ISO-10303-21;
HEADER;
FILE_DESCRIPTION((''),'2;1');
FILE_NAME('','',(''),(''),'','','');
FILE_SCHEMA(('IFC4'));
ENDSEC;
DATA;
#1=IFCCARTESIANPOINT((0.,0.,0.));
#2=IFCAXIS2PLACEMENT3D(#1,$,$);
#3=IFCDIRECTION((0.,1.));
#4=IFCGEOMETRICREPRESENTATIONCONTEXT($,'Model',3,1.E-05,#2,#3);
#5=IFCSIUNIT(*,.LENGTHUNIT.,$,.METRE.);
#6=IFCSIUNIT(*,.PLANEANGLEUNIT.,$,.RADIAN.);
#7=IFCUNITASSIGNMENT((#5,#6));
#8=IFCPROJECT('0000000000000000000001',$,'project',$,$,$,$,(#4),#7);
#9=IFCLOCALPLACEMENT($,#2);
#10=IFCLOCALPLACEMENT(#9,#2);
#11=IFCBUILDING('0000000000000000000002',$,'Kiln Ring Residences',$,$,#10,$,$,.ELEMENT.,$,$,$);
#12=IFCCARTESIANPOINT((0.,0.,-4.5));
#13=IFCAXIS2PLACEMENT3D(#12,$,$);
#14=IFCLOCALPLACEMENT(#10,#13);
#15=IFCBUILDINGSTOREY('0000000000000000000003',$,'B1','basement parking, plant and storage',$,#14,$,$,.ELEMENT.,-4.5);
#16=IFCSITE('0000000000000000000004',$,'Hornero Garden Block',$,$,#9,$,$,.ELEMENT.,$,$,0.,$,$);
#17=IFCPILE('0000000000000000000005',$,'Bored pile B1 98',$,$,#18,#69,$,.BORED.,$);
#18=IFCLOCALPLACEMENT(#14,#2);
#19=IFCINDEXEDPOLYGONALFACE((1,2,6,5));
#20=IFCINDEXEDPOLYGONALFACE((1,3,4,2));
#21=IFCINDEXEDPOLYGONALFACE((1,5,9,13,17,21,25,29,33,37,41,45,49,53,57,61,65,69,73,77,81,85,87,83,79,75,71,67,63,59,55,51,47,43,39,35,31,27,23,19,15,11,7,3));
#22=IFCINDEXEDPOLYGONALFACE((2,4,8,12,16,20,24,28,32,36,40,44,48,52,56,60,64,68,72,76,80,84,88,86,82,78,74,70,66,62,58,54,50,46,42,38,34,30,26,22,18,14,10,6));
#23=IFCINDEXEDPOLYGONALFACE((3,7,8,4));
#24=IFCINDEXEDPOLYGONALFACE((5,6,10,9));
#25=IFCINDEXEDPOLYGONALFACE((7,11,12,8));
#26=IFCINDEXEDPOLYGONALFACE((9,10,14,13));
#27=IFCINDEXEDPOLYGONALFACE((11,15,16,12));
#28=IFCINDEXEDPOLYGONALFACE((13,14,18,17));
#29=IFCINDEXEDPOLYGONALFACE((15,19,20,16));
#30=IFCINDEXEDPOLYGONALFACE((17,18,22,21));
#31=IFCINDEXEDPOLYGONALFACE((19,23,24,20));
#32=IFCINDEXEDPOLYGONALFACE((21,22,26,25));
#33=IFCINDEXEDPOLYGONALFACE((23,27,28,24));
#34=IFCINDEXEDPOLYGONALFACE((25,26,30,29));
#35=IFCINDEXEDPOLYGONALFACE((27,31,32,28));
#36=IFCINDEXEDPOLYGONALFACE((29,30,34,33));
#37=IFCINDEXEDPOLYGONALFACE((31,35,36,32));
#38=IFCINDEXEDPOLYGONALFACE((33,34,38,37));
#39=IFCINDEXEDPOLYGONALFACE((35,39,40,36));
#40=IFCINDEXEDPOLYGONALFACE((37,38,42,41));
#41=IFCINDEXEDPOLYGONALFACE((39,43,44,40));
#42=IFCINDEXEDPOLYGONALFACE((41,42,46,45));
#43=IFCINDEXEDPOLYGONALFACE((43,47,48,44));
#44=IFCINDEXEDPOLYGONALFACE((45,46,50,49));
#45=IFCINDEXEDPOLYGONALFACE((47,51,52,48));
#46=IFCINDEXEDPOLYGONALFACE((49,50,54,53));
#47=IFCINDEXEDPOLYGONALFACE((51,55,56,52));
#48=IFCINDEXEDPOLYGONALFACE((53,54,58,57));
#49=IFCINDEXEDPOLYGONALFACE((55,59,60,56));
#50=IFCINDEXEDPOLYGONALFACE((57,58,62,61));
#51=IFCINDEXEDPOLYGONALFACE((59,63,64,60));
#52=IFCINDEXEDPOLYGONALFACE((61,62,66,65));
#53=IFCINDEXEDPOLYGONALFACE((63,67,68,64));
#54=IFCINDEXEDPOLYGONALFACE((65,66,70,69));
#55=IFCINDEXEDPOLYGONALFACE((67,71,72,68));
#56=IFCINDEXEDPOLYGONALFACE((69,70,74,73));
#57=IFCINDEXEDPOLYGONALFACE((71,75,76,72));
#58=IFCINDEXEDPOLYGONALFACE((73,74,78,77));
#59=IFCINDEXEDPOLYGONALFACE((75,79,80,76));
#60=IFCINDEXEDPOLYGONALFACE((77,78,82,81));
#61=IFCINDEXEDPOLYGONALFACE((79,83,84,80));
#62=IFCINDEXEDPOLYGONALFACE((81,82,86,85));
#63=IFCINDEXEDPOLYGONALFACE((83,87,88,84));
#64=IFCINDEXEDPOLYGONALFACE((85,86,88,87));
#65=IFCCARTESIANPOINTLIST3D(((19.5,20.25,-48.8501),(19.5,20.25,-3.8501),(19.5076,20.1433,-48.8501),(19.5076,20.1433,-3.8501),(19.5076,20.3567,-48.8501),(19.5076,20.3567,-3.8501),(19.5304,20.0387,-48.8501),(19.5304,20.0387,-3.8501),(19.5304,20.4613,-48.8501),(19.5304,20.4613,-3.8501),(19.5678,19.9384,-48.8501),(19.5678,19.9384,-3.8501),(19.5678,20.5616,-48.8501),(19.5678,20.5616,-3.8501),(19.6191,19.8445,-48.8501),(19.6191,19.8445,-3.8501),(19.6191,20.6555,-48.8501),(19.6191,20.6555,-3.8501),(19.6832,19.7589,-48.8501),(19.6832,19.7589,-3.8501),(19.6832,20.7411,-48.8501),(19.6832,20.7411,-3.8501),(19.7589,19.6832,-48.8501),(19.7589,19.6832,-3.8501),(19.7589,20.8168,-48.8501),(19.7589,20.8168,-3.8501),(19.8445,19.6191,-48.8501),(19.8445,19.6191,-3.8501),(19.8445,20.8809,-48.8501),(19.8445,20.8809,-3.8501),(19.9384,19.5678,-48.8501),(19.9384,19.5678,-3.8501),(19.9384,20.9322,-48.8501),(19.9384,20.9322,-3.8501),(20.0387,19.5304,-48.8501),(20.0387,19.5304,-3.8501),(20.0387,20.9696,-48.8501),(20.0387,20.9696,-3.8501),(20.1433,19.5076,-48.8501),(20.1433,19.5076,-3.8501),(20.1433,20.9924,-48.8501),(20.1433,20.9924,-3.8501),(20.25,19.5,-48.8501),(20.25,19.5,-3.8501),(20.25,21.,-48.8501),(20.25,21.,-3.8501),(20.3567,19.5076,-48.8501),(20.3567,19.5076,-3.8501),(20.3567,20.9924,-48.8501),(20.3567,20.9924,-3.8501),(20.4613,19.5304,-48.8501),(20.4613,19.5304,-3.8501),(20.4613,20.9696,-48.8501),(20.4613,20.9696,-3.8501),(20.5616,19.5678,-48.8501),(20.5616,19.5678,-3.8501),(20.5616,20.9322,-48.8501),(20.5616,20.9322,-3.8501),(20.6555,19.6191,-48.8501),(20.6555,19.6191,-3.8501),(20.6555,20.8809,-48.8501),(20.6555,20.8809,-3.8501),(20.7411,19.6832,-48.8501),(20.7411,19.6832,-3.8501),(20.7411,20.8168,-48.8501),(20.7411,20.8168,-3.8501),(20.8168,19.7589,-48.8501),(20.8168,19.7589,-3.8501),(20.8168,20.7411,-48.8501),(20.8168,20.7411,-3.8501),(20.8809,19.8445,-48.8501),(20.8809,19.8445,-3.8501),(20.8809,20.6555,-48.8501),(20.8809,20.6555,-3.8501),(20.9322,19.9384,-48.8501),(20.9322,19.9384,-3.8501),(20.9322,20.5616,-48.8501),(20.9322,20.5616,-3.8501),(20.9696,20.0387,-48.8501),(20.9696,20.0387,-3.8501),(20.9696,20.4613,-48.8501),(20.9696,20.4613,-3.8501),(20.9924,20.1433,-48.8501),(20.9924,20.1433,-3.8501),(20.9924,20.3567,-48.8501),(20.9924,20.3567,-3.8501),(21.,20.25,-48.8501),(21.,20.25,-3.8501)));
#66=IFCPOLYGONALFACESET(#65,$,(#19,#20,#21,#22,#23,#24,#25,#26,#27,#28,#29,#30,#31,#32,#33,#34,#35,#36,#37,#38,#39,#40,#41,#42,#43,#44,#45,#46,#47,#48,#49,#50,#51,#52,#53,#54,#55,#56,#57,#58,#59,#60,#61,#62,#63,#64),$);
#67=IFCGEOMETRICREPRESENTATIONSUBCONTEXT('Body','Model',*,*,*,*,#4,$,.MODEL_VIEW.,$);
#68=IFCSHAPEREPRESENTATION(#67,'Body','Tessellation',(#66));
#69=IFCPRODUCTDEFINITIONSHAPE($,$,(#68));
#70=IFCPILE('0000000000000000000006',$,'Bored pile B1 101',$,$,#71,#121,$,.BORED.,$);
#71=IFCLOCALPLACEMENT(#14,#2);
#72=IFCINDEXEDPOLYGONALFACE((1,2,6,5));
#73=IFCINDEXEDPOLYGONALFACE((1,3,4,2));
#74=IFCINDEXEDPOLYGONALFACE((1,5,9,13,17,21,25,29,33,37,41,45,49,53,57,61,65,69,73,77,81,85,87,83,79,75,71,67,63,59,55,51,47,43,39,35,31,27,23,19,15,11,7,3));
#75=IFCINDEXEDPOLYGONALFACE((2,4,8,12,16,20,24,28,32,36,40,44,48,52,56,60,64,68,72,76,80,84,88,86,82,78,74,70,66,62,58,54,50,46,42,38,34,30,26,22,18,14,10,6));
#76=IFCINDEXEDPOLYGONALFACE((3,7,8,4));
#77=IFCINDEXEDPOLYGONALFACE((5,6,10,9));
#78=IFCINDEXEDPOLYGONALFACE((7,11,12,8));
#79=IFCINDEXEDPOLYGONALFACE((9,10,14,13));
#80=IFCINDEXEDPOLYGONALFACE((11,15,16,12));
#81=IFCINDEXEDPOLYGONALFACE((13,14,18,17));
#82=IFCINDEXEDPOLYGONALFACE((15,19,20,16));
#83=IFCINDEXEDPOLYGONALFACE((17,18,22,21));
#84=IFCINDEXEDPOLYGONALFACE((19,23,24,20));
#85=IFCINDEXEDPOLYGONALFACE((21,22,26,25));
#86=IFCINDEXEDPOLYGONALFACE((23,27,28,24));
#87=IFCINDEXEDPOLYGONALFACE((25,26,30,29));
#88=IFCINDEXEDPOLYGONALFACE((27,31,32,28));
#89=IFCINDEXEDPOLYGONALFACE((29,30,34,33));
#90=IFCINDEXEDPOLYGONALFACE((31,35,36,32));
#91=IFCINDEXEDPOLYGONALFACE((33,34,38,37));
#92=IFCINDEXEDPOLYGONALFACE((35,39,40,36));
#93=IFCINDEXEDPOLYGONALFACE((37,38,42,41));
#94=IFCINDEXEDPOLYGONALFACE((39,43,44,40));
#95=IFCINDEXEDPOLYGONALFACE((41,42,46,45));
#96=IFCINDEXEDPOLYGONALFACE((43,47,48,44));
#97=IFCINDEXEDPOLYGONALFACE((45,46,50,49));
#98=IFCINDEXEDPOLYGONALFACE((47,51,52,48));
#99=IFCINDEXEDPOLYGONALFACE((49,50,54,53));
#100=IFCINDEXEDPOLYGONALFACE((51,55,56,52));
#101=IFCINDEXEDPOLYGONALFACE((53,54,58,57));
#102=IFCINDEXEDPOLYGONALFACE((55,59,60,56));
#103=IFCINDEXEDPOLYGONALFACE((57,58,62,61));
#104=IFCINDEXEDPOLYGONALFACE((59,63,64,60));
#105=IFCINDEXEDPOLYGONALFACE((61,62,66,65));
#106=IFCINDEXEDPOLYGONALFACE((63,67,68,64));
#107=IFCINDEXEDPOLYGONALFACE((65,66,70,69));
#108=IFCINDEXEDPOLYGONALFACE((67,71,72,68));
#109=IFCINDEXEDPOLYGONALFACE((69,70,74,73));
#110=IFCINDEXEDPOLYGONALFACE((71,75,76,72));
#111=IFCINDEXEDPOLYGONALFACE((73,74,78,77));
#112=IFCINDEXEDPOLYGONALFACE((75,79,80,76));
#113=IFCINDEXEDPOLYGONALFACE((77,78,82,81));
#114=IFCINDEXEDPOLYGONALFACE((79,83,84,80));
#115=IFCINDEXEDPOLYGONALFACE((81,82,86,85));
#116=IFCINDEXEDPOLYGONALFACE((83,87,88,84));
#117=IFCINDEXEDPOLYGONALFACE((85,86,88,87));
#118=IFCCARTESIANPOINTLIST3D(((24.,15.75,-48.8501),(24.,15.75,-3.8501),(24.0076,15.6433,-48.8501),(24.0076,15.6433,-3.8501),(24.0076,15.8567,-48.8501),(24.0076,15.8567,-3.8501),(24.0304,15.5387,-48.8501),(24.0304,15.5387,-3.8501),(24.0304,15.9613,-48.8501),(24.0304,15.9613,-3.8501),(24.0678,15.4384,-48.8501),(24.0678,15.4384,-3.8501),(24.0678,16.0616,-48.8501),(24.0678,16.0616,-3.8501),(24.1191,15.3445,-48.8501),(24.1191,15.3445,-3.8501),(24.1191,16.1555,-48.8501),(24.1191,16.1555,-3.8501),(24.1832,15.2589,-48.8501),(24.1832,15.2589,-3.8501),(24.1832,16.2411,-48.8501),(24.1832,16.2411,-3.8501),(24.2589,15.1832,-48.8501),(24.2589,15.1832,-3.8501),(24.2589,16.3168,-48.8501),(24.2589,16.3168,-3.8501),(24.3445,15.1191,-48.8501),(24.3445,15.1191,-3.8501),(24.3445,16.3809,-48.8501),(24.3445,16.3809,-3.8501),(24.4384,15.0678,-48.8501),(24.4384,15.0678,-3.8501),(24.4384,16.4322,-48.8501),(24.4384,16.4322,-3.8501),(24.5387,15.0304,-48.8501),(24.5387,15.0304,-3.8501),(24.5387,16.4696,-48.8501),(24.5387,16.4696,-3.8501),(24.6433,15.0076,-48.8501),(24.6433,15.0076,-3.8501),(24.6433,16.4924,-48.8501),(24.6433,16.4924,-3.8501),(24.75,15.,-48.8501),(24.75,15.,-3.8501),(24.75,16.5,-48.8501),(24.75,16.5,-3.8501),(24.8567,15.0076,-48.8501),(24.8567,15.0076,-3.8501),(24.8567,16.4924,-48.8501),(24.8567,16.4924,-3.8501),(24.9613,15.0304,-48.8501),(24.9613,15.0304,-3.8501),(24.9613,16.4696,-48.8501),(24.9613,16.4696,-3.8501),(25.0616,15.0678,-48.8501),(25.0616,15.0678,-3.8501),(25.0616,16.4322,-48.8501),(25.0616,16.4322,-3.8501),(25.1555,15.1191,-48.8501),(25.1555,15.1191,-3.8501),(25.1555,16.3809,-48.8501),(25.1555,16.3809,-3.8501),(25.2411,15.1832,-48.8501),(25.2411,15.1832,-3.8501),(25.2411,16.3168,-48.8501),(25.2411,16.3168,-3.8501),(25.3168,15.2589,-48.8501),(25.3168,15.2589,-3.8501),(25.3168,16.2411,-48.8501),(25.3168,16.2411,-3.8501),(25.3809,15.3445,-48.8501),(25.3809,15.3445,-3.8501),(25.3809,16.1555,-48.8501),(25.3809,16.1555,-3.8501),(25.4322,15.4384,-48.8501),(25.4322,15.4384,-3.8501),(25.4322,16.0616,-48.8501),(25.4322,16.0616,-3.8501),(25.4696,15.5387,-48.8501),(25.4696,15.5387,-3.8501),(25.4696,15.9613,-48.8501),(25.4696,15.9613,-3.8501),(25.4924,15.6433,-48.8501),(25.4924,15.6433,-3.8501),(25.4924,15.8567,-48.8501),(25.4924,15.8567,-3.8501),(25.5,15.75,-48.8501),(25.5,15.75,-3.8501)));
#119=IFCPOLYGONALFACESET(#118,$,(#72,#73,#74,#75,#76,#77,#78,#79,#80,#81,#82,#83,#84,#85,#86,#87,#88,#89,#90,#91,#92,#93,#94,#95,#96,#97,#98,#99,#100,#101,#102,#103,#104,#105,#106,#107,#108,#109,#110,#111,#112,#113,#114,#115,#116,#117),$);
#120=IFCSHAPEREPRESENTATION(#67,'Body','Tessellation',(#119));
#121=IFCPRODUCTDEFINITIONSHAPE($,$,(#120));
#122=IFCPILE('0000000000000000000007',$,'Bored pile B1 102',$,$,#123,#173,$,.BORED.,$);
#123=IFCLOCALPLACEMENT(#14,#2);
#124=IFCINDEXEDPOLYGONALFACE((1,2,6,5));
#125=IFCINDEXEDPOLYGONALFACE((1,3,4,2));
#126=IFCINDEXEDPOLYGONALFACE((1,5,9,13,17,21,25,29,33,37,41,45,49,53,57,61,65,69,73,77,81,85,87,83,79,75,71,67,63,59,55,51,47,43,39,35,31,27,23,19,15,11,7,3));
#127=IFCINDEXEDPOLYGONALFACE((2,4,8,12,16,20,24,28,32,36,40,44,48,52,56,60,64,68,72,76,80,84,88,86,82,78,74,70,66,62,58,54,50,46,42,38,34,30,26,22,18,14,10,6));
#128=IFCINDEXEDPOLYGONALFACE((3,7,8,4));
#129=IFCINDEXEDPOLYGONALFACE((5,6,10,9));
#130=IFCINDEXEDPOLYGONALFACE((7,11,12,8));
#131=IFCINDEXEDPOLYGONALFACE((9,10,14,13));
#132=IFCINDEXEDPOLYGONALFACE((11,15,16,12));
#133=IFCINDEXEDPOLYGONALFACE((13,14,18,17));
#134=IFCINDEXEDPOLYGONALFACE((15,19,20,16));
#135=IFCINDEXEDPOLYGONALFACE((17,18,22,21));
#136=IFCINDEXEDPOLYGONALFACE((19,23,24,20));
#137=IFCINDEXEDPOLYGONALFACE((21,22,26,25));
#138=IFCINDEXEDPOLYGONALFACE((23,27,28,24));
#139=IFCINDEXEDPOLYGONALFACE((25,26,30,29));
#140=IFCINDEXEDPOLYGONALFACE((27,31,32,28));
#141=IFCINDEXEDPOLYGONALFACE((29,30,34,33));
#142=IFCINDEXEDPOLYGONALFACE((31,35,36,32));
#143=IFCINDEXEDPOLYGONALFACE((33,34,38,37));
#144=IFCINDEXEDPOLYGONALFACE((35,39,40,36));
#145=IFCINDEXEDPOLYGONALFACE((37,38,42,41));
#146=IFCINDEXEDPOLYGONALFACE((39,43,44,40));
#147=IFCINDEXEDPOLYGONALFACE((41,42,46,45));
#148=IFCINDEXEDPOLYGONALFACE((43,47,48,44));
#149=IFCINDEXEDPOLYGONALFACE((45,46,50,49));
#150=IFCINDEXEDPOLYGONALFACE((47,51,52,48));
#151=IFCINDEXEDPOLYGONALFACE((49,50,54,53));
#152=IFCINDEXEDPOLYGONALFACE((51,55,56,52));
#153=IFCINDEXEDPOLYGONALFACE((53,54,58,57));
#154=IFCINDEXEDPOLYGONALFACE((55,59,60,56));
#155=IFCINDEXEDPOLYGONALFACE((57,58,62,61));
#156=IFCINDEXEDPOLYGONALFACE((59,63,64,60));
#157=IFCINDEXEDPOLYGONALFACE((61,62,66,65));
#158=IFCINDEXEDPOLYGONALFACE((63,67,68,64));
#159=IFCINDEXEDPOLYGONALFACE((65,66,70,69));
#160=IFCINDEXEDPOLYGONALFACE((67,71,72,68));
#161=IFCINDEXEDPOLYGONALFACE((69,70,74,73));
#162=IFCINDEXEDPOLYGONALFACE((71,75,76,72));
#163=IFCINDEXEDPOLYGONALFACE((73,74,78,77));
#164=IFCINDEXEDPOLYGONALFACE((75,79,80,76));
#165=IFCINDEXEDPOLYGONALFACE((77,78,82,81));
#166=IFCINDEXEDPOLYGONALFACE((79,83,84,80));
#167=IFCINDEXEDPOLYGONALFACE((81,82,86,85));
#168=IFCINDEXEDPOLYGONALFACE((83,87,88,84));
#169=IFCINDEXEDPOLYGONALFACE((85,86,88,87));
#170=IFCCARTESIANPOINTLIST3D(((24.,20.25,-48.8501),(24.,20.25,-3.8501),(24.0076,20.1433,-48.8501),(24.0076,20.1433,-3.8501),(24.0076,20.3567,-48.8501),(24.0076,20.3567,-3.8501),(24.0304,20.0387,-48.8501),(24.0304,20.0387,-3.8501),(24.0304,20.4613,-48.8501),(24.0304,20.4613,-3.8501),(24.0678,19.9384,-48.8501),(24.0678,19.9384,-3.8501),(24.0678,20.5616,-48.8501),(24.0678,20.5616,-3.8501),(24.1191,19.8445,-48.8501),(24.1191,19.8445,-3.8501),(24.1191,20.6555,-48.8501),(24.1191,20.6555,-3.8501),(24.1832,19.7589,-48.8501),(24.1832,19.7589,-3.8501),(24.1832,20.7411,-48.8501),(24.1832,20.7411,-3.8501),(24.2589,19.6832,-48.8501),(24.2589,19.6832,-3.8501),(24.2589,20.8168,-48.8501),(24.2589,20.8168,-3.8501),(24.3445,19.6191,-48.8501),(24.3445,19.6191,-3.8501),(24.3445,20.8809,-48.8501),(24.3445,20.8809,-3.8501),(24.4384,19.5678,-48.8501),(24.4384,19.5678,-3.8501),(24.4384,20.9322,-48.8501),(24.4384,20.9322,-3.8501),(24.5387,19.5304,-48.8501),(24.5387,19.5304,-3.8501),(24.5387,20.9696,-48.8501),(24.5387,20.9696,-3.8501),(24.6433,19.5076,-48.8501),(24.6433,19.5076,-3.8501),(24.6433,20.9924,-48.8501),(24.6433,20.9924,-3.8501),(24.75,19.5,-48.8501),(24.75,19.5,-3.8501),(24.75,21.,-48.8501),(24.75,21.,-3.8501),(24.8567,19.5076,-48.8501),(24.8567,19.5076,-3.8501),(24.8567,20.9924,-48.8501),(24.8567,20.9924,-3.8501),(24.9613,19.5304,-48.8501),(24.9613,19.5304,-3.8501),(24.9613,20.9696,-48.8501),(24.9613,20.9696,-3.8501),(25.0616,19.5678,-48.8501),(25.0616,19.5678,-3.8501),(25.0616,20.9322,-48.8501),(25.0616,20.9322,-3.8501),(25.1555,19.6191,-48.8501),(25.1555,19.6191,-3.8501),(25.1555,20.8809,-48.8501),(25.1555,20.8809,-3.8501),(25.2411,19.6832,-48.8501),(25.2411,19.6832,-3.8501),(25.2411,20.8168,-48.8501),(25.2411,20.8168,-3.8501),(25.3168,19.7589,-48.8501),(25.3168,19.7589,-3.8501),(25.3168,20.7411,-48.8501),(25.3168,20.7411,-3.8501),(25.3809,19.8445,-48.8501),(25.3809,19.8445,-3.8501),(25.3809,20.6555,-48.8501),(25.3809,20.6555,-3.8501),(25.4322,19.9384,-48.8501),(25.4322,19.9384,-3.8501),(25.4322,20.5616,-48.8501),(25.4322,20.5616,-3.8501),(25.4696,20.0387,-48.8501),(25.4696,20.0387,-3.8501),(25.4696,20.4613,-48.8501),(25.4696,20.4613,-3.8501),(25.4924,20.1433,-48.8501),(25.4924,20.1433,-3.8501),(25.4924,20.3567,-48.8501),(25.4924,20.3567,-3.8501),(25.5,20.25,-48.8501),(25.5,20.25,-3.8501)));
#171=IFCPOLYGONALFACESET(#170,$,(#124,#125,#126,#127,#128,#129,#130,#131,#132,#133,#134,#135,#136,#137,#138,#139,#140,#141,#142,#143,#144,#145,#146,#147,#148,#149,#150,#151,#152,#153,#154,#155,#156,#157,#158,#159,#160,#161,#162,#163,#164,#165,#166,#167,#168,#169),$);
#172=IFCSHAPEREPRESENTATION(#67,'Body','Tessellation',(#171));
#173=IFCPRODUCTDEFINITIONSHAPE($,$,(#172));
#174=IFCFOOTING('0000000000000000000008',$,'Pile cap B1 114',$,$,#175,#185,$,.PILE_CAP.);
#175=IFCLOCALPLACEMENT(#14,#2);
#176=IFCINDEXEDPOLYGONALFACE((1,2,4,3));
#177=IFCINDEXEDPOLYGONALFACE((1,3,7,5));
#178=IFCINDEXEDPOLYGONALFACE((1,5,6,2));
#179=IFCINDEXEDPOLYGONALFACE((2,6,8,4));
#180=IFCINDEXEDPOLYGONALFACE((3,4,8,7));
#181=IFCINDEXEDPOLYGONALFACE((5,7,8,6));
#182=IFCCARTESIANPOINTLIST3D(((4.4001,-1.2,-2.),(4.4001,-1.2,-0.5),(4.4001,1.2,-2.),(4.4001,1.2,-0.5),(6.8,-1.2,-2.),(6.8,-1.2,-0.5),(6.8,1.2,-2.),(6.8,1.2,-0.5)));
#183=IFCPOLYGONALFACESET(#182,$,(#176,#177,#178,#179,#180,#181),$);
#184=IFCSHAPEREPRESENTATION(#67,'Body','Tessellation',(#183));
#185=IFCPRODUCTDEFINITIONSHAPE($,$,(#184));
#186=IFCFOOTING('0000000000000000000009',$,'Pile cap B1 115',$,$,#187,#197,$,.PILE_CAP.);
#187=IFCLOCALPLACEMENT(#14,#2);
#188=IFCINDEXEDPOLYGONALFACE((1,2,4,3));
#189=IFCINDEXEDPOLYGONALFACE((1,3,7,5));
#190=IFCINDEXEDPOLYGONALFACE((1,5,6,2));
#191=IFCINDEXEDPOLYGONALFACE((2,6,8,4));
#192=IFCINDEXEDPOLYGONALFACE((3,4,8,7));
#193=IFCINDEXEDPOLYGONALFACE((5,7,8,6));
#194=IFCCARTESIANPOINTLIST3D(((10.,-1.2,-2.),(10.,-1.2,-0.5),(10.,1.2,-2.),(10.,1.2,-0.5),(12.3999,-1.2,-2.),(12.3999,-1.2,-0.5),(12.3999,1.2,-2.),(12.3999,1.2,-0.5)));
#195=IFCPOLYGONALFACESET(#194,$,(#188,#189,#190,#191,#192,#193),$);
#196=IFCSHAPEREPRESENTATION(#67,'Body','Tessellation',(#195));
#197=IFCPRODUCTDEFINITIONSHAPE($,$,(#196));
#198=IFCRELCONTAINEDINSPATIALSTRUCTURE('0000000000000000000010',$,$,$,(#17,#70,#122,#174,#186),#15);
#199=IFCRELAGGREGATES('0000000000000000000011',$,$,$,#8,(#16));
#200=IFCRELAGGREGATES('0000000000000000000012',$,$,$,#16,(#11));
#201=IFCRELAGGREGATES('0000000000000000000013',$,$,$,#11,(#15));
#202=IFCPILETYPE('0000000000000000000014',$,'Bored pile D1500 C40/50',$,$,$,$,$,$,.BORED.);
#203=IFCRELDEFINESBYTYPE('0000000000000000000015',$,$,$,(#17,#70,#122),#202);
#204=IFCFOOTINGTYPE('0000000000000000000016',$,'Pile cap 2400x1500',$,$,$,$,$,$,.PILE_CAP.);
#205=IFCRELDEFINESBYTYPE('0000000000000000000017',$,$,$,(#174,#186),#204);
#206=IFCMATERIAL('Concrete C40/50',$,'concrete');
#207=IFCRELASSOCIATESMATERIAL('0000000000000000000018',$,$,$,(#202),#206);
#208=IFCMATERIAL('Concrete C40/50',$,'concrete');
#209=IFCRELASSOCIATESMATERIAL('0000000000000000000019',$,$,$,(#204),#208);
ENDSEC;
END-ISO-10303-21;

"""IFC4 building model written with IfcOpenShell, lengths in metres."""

from ifc_helpers import new_model, si_unit, direction, frame, origin, origin_2d, place, context, subcontext, project, spatial, rectangle, circle, extrude, material, material_profile, profile_set, type_object, element, save


model = new_model("IFC4")

# Units and contexts
model_context = context("Model", 3, precision=1e-05, world=origin(), true_north=direction((0.0, 1.0)))
body_context = subcontext(model_context, "Body", "Model", "MODEL_VIEW")
ifc_project = project(units=[si_unit("LENGTHUNIT", "METRE"), si_unit("PLANEANGLEUNIT", "RADIAN")], contexts=[model_context])

# Site, building, storey
site_placement = place(None, origin())
site = spatial("IfcSite", under=ifc_project, at=site_placement, Name="Hornero Garden Block", CompositionType="ELEMENT", RefElevation=0.0)
building_placement = place(site_placement, origin())
building = spatial("IfcBuilding", under=site, at=building_placement, Name="Kiln Ring Residences", CompositionType="ELEMENT")
storey_placement = place(building_placement, frame((0.0, 0.0, -4.5)))
storey = spatial("IfcBuildingStorey", under=building, at=storey_placement, Name="B1", Description="basement parking, plant and storage", CompositionType="ELEMENT", Elevation=-4.5)

# Piles
ifc_material_1 = material(Name="Concrete C40/50", Category="concrete")
ifc_material_profile = material_profile(ifc_material_1, circle(Radius=0.75, at=origin_2d()), Name="BORED1500")
ifc_profile_set = profile_set([ifc_material_profile], Name="Concrete C40/50")
pile_type = type_object("IfcPileType", Name="Bored pile D1500 C40/50", PredefinedType="BORED", material=ifc_profile_set)
for number, where, z_axis, x_axis, name in (
    (1, (20.25, 20.25, -3.8501), (0.0, 0.0, -1.0), (1.0, 0.0, 0.0), "Bored pile B1 98"),
    (2, (24.75, 15.75, -3.8501), (0.0, 0.0, -1.0), (1.0, 0.0, 0.0), "Bored pile B1 101"),
    (3, (24.75, 20.25, -3.8501), (0.0, 0.0, -1.0), (1.0, 0.0, 0.0), "Bored pile B1 102"),
):
    element("IfcPile", number, at=place(storey_placement, frame(where, z_axis=z_axis, x_axis=x_axis)), inside=storey, type_object=pile_type, Name=name, PredefinedType="BORED", context=body_context, shape_type="SweptSolid", body=[
        extrude(circle(Radius=0.75, at=origin_2d()), origin(), (0.0, 0.0, 1.0), 45.0),
    ])

# Footings
ifc_material_2 = material(Name="Concrete C40/50", Category="concrete")
footing_type = type_object("IfcFootingType", Name="Pile cap 2400x1500", PredefinedType="PILE_CAP", material=ifc_material_2)
for number, where, z_axis, x_axis, name in (
    (4, (5.6001, 0.0, -2.0), (0.0, 0.0, 1.0), (1.0, 0.0, 0.0), "Pile cap B1 114"),
    (5, (11.2, 0.0, -2.0), (0.0, 0.0, 1.0), (1.0, 0.0, 0.0), "Pile cap B1 115"),
):
    element("IfcFooting", number, at=place(storey_placement, frame(where, z_axis=z_axis, x_axis=x_axis)), inside=storey, type_object=footing_type, Name=name, PredefinedType="PILE_CAP", context=body_context, shape_type="SweptSolid", body=[
        extrude(rectangle(XDim=2.3999, YDim=2.3999, at=origin_2d()), origin(), (0.0, 0.0, 1.0), 1.5),
    ])

save(model, "model.ifc")
